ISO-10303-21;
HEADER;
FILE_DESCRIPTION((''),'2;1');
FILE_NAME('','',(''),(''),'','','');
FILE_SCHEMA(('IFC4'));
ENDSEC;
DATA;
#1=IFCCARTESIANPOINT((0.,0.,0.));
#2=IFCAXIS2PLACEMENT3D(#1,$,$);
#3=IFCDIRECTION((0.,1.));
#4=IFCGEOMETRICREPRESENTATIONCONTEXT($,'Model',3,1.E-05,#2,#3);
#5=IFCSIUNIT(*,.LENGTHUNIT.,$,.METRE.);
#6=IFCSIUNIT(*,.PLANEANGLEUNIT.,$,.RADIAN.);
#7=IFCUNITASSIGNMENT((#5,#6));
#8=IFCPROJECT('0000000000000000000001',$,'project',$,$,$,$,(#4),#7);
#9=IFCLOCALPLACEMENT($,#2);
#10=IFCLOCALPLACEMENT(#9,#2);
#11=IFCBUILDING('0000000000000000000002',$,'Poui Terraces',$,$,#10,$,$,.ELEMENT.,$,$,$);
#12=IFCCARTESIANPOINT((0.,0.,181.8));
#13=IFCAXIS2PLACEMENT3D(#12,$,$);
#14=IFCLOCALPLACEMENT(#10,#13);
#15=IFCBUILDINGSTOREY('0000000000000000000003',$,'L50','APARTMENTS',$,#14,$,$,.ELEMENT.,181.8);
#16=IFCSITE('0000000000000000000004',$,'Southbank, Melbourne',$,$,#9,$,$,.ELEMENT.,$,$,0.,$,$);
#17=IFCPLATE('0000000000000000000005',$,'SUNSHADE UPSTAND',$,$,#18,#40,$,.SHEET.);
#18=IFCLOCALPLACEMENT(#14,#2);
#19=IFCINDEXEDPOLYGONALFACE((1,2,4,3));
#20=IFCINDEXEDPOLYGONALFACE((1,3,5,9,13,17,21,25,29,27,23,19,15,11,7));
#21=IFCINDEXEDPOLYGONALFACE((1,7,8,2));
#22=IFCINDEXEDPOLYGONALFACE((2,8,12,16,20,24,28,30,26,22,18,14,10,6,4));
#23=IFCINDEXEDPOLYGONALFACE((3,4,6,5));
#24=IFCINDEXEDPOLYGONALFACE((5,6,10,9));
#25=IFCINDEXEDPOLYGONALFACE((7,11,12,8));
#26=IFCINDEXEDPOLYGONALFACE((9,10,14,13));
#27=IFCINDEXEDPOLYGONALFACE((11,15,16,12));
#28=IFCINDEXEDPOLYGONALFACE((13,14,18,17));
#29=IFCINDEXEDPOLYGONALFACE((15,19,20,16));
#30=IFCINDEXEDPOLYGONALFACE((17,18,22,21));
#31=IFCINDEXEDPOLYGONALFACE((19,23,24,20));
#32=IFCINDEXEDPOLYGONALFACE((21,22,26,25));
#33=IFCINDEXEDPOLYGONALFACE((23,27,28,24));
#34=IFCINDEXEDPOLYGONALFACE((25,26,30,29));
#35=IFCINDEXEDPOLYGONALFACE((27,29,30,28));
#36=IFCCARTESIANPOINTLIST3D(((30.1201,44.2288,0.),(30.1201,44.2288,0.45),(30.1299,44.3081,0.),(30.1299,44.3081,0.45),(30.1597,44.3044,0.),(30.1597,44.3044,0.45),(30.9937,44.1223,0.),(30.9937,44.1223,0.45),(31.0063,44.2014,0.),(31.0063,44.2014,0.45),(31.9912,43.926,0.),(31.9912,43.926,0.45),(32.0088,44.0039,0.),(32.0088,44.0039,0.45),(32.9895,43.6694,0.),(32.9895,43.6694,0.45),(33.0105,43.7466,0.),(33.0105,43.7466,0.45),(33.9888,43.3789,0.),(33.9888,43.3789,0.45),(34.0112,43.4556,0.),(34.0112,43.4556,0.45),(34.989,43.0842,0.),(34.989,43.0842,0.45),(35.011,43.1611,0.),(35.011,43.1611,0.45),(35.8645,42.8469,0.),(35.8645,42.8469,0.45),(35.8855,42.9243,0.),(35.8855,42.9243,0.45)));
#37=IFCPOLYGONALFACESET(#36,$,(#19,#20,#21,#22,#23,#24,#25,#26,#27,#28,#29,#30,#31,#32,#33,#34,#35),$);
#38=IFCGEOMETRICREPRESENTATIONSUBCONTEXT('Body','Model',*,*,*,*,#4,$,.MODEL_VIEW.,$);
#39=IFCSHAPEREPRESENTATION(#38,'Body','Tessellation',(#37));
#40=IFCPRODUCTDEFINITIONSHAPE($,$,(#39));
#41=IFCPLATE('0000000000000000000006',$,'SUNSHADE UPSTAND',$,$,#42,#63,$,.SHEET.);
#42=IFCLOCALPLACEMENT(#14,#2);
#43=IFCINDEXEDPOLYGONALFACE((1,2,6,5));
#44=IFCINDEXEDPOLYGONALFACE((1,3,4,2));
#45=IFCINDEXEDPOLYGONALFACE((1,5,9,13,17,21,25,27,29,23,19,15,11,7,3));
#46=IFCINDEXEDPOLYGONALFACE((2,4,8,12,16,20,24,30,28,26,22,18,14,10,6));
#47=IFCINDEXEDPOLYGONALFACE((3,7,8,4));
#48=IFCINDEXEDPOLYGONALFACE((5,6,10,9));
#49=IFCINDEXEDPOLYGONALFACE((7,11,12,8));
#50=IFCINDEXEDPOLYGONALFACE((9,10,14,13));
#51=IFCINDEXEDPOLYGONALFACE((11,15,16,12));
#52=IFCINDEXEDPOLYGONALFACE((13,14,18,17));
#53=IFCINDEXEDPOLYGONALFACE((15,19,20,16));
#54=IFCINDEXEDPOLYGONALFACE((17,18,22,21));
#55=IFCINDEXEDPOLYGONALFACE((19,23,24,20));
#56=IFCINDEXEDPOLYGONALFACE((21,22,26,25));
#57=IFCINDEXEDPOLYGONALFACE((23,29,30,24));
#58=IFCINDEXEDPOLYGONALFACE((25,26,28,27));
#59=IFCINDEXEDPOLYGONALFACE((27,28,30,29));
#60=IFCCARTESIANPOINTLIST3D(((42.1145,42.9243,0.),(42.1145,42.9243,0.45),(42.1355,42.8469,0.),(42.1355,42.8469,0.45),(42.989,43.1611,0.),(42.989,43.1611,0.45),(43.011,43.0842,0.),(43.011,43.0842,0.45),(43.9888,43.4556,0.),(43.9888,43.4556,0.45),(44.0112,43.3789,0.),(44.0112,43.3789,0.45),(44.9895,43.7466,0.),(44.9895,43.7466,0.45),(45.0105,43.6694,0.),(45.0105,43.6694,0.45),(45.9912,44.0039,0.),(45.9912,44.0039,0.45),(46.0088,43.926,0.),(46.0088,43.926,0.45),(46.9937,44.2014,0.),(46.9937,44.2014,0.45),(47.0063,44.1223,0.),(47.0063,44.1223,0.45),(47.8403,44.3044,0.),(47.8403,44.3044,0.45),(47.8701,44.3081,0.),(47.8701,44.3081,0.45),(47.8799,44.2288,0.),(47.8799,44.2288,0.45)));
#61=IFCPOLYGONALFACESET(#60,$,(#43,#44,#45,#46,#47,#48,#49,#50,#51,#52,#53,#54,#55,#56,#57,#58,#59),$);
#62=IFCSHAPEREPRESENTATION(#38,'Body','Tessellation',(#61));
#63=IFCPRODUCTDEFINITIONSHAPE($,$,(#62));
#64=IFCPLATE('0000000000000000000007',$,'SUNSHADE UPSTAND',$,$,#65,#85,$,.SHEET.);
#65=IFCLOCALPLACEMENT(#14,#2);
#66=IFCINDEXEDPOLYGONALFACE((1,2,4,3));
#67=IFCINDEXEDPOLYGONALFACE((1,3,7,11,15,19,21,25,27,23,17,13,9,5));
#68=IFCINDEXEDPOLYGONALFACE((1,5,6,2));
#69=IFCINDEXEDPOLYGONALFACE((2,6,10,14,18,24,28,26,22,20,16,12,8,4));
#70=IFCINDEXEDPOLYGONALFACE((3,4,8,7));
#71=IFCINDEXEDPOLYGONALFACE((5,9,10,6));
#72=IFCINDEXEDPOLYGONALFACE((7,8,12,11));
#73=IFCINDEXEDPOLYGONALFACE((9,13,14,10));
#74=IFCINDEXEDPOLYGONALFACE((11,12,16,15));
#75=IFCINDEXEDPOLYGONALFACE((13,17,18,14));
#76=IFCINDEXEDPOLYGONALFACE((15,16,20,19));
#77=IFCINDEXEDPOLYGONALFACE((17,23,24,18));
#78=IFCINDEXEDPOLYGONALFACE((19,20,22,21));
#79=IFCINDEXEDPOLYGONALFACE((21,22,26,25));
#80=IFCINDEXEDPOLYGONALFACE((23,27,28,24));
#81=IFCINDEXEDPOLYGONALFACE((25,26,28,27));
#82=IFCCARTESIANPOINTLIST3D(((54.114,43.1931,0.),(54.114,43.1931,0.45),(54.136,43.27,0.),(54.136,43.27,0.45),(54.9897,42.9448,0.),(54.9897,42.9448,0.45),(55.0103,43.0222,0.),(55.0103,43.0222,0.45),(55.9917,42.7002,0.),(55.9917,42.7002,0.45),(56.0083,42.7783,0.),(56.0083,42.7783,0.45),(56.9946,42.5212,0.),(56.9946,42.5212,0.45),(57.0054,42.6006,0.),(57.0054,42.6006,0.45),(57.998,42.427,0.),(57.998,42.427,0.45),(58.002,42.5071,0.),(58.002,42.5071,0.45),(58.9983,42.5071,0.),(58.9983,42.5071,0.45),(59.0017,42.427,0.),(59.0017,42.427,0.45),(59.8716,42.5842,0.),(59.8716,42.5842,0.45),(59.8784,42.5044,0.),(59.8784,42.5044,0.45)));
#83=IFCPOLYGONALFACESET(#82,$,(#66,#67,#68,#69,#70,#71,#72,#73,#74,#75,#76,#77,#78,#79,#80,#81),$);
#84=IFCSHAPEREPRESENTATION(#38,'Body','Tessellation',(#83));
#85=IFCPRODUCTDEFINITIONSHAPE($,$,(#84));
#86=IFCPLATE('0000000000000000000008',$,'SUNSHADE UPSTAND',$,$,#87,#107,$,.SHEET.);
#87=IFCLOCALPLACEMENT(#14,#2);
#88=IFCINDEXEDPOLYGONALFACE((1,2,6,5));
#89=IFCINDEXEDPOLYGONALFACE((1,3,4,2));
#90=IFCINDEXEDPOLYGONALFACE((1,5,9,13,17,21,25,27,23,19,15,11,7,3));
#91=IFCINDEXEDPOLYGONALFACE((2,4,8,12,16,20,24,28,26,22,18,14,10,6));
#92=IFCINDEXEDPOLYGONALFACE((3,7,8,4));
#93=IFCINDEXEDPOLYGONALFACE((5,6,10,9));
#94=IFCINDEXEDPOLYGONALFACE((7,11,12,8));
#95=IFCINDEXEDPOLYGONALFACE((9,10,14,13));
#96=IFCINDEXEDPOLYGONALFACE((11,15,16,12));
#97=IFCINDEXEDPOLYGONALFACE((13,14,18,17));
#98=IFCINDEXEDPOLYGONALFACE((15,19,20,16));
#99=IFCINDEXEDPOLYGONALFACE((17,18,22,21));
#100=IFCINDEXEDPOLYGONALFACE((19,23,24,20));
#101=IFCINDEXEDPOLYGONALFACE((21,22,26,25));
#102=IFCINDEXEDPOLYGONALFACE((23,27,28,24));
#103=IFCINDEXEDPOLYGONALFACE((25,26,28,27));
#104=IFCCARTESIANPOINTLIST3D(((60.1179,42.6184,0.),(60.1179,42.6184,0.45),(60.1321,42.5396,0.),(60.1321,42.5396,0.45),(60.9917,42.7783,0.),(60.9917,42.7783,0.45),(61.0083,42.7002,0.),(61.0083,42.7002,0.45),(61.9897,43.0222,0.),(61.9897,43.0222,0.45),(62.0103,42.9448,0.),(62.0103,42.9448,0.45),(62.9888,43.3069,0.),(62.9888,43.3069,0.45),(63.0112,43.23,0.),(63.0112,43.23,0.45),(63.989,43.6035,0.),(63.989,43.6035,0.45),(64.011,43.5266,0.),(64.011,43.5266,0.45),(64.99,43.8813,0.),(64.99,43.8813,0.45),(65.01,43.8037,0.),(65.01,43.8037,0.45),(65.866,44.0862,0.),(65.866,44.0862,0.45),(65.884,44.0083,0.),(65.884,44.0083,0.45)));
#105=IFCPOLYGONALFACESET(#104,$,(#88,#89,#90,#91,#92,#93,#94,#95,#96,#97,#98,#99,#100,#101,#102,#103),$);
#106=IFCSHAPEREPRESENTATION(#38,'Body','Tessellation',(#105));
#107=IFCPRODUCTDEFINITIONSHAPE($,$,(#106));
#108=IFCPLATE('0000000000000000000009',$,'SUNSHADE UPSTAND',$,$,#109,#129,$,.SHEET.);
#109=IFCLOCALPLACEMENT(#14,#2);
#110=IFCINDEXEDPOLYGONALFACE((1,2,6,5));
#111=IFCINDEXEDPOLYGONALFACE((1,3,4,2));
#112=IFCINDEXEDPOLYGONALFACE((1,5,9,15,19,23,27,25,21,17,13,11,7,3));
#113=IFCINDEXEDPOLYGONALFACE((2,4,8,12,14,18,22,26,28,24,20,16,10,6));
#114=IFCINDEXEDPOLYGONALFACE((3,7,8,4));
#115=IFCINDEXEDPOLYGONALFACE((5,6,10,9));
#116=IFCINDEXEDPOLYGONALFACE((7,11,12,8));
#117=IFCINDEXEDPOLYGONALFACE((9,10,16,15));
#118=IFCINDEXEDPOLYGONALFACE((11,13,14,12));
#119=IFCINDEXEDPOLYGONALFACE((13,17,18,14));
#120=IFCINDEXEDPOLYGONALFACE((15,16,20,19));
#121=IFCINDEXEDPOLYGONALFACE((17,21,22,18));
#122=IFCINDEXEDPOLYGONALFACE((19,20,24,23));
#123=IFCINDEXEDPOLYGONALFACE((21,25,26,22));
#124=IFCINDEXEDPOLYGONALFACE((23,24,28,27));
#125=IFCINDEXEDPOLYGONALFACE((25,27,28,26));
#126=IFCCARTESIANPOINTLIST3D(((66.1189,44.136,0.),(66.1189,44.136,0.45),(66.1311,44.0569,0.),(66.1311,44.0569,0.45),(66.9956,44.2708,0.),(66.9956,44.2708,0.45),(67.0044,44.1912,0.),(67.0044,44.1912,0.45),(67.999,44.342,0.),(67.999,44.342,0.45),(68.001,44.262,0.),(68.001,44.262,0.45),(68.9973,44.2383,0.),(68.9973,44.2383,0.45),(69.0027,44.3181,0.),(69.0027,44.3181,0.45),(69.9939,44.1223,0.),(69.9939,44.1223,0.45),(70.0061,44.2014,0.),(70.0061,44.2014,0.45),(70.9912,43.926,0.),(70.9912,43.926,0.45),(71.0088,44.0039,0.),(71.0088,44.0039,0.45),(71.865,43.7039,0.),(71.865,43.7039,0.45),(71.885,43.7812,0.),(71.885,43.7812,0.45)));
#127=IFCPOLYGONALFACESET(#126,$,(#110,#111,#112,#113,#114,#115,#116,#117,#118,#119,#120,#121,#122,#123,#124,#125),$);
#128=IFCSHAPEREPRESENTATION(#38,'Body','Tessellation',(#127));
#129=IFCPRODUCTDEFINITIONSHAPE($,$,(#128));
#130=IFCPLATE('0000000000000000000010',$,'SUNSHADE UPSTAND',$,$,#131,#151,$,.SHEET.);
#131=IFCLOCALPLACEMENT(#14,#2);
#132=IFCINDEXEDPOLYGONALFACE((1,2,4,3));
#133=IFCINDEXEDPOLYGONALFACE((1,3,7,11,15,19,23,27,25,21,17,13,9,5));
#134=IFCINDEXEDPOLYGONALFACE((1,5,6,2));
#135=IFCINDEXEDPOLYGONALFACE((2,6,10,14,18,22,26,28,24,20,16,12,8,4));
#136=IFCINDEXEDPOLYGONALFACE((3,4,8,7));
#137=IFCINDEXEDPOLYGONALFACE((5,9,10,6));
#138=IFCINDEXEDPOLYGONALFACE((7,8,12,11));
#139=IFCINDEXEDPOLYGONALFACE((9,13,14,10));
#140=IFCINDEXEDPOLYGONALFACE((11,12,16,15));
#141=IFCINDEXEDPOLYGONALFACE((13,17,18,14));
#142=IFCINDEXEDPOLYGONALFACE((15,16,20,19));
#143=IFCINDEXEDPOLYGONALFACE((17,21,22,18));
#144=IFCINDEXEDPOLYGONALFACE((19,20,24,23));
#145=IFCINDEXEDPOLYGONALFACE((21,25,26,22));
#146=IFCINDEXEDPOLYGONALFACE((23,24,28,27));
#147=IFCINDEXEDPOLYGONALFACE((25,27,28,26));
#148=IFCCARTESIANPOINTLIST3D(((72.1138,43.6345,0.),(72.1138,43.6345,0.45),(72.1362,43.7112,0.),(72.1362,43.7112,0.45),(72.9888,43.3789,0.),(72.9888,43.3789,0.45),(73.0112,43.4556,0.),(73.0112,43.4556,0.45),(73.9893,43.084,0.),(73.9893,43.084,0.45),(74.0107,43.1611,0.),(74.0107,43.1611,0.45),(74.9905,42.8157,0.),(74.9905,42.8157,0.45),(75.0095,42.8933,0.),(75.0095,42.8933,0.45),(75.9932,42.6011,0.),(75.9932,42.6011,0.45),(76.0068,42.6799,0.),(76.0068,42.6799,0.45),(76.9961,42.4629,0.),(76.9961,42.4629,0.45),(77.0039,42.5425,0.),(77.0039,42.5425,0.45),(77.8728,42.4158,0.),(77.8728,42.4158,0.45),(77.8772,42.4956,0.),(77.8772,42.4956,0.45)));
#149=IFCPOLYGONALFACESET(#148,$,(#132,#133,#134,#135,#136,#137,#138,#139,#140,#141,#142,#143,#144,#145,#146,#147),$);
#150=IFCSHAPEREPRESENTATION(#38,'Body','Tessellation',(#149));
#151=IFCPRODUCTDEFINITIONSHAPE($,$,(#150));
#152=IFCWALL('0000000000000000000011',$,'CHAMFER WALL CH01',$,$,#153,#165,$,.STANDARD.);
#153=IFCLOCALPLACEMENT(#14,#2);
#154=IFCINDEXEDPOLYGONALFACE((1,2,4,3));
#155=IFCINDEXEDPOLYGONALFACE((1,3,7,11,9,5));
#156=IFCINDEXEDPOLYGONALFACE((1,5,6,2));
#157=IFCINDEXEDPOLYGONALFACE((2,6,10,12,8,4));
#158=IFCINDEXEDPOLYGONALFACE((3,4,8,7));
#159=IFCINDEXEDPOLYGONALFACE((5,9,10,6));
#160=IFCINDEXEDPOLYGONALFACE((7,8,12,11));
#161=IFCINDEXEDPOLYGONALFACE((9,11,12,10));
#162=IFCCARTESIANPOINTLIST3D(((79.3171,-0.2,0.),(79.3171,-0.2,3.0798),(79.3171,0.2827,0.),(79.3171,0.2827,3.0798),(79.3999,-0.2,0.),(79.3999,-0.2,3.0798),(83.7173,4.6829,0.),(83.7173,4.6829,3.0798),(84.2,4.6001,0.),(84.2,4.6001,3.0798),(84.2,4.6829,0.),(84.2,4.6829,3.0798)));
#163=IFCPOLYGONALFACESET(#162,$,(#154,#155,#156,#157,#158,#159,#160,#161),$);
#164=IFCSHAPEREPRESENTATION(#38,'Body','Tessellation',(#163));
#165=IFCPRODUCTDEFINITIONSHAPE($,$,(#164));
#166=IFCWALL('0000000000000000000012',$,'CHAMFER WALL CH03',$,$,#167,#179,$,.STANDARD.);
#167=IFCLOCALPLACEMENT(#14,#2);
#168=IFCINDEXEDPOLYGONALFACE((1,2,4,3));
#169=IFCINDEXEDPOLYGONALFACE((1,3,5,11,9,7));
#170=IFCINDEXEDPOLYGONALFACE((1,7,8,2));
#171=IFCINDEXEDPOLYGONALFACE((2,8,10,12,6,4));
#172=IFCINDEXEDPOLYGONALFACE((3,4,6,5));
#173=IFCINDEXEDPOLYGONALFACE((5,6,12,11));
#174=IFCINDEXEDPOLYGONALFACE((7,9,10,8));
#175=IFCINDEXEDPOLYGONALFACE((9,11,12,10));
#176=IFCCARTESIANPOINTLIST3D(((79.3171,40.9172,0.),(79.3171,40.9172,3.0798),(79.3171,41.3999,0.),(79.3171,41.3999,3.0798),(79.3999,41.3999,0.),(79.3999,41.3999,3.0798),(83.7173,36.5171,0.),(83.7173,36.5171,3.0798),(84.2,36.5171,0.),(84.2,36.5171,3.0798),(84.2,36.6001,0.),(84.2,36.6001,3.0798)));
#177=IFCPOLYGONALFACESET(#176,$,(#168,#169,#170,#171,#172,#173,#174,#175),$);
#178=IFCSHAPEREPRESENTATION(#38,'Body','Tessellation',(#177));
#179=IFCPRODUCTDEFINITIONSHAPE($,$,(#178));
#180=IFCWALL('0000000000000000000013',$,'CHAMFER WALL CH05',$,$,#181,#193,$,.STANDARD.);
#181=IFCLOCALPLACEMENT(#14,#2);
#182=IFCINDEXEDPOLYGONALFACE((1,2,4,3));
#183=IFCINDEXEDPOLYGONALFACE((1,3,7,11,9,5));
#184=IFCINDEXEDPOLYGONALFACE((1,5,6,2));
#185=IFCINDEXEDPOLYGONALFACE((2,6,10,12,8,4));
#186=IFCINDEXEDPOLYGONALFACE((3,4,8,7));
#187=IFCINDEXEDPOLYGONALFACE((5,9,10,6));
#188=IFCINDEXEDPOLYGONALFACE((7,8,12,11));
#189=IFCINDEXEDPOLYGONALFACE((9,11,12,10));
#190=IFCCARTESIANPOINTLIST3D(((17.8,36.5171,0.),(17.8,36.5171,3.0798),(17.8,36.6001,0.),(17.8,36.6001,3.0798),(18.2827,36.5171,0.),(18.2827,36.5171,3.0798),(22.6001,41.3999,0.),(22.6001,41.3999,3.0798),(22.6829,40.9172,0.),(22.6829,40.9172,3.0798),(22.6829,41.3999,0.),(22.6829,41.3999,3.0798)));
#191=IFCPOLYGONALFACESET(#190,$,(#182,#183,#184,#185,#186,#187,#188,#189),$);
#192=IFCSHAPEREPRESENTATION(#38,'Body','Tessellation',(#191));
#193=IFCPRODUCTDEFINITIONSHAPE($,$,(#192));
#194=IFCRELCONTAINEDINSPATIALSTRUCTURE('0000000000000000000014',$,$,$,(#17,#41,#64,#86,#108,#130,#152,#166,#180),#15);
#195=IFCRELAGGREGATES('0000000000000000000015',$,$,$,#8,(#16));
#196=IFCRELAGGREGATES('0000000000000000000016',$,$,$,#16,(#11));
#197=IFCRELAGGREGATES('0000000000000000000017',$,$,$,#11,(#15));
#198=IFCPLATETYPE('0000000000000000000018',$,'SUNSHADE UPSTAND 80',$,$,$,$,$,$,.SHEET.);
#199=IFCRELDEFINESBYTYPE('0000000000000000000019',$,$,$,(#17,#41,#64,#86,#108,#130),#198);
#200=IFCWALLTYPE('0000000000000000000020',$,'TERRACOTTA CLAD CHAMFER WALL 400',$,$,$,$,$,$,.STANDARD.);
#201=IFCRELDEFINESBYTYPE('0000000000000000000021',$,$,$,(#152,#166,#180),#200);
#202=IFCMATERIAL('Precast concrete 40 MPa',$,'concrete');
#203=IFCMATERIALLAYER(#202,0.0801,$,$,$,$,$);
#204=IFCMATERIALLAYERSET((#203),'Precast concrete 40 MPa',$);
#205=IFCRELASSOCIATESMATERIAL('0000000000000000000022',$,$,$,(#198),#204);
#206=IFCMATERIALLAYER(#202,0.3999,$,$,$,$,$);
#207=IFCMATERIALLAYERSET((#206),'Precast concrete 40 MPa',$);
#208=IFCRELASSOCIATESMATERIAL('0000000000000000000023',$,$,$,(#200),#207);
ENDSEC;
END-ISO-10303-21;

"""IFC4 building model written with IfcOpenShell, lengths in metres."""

from ifc_helpers import new_model, si_unit, direction, frame, origin, place, context, subcontext, project, spatial, polyline, outline, extrude, material, layer, layer_set, type_object, element, save


model = new_model("IFC4")

# Units and contexts
model_context = context("Model", 3, precision=1e-05, world=origin(), true_north=direction((0.0, 1.0)))
body_context = subcontext(model_context, "Body", "Model", "MODEL_VIEW")
ifc_project = project(units=[si_unit("LENGTHUNIT", "METRE"), si_unit("PLANEANGLEUNIT", "RADIAN")], contexts=[model_context])

# Site, building, storey
site_placement = place(None, origin())
site = spatial("IfcSite", under=ifc_project, at=site_placement, Name="Southbank, Melbourne", CompositionType="ELEMENT", RefElevation=0.0)
building_placement = place(site_placement, origin())
building = spatial("IfcBuilding", under=site, at=building_placement, Name="Poui Terraces", CompositionType="ELEMENT")
storey_placement = place(building_placement, frame((0.0, 0.0, 181.8)))
storey = spatial("IfcBuildingStorey", under=building, at=storey_placement, Name="L50", Description="APARTMENTS", CompositionType="ELEMENT", Elevation=181.8)

# Shared definitions
ifc_material_1 = material(Name="Precast concrete 40 MPa", Category="concrete")

# Plates
ifc_layer_1 = layer(ifc_material_1, 0.0801)
ifc_layer_set_1 = layer_set([ifc_layer_1], Name="Precast concrete 40 MPa")
plate_type = type_object("IfcPlateType", Name="SUNSHADE UPSTAND 80", PredefinedType="SHEET", material=ifc_layer_set_1)
plate_1_placement = place(storey_placement, origin())
element("IfcPlate", 1, at=plate_1_placement, inside=storey, type_object=plate_type, Name="SUNSHADE UPSTAND", PredefinedType="SHEET", context=body_context, shape_type="SweptSolid", body=[
    extrude(outline(polyline([(31.0063, 44.2014), (30.1597, 44.3044), (30.1299, 44.3081), (30.1201, 44.2288), (30.9937, 44.1223), (31.9912, 43.926), (32.9895, 43.6694), (33.9888, 43.3789), (34.989, 43.0842), (35.8645, 42.8469), (35.8855, 42.9243), (35.011, 43.1611), (34.0112, 43.4556), (33.0105, 43.7466), (32.0088, 44.0039), (31.0063, 44.2014)])), origin(), (0.0, 0.0, 1.0), 0.45),
])
plate_2_placement = place(storey_placement, origin())
element("IfcPlate", 2, at=plate_2_placement, inside=storey, type_object=plate_type, Name="SUNSHADE UPSTAND", PredefinedType="SHEET", context=body_context, shape_type="SweptSolid", body=[
    extrude(outline(polyline([(42.989, 43.1611), (42.1145, 42.9243), (42.1355, 42.8469), (43.011, 43.0842), (44.0112, 43.3789), (45.0105, 43.6694), (46.0088, 43.926), (47.0063, 44.1223), (47.8799, 44.2288), (47.8701, 44.3081), (47.8403, 44.3044), (46.9937, 44.2014), (45.9912, 44.0039), (44.9895, 43.7466), (43.9888, 43.4556), (42.989, 43.1611)])), origin(), (0.0, 0.0, 1.0), 0.45),
])
plate_3_placement = place(storey_placement, origin())
element("IfcPlate", 3, at=plate_3_placement, inside=storey, type_object=plate_type, Name="SUNSHADE UPSTAND", PredefinedType="SHEET", context=body_context, shape_type="SweptSolid", body=[
    extrude(outline(polyline([(55.0103, 43.0222), (54.136, 43.27), (54.114, 43.1931), (54.9897, 42.9448), (55.9917, 42.7002), (56.9946, 42.5212), (57.998, 42.427), (59.0017, 42.427), (59.8784, 42.5044), (59.8716, 42.5842), (58.9983, 42.5071), (58.002, 42.5071), (57.0054, 42.6006), (56.0083, 42.7783), (55.0103, 43.0222)])), origin(), (0.0, 0.0, 1.0), 0.45),
])
plate_4_placement = place(storey_placement, origin())
element("IfcPlate", 4, at=plate_4_placement, inside=storey, type_object=plate_type, Name="SUNSHADE UPSTAND", PredefinedType="SHEET", context=body_context, shape_type="SweptSolid", body=[
    extrude(outline(polyline([(60.9917, 42.7783), (60.1179, 42.6184), (60.1321, 42.5396), (61.0083, 42.7002), (62.0103, 42.9448), (63.0112, 43.23), (64.011, 43.5266), (65.01, 43.8037), (65.884, 44.0083), (65.866, 44.0862), (64.99, 43.8813), (63.989, 43.6035), (62.9888, 43.3069), (61.9897, 43.0222), (60.9917, 42.7783)])), origin(), (0.0, 0.0, 1.0), 0.45),
])
plate_5_placement = place(storey_placement, origin())
element("IfcPlate", 5, at=plate_5_placement, inside=storey, type_object=plate_type, Name="SUNSHADE UPSTAND", PredefinedType="SHEET", context=body_context, shape_type="SweptSolid", body=[
    extrude(outline(polyline([(66.9956, 44.2708), (66.1189, 44.136), (66.1311, 44.0569), (67.0044, 44.1912), (68.001, 44.262), (68.9973, 44.2383), (69.9939, 44.1223), (70.9912, 43.926), (71.865, 43.7039), (71.885, 43.7812), (71.0088, 44.0039), (70.0061, 44.2014), (69.0027, 44.3181), (67.999, 44.342), (66.9956, 44.2708)])), origin(), (0.0, 0.0, 1.0), 0.45),
])
plate_6_placement = place(storey_placement, origin())
element("IfcPlate", 6, at=plate_6_placement, inside=storey, type_object=plate_type, Name="SUNSHADE UPSTAND", PredefinedType="SHEET", context=body_context, shape_type="SweptSolid", body=[
    extrude(outline(polyline([(73.0112, 43.4556), (72.1362, 43.7112), (72.1138, 43.6345), (72.9888, 43.3789), (73.9893, 43.084), (74.9905, 42.8157), (75.9932, 42.6011), (76.9961, 42.4629), (77.8728, 42.4158), (77.8772, 42.4956), (77.0039, 42.5425), (76.0068, 42.6799), (75.0095, 42.8933), (74.0107, 43.1611), (73.0112, 43.4556)])), origin(), (0.0, 0.0, 1.0), 0.45),
])

# Walls
ifc_layer_2 = layer(ifc_material_1, 0.3999)
ifc_layer_set_2 = layer_set([ifc_layer_2], Name="Precast concrete 40 MPa")
wall_type = type_object("IfcWallType", Name="TERRACOTTA CLAD CHAMFER WALL 400", PredefinedType="STANDARD", material=ifc_layer_set_2)
wall_1_placement = place(storey_placement, origin())
element("IfcWall", 7, at=wall_1_placement, inside=storey, type_object=wall_type, Name="CHAMFER WALL CH01", PredefinedType="STANDARD", context=body_context, shape_type="SweptSolid", body=[
    extrude(outline(polyline([(79.3171, -0.2), (79.3999, -0.2), (84.2, 4.6001), (84.2, 4.6829), (83.7173, 4.6829), (79.3171, 0.2827), (79.3171, -0.2)])), origin(), (0.0, 0.0, 1.0), 3.0798),
])
wall_2_placement = place(storey_placement, origin())
element("IfcWall", 8, at=wall_2_placement, inside=storey, type_object=wall_type, Name="CHAMFER WALL CH03", PredefinedType="STANDARD", context=body_context, shape_type="SweptSolid", body=[
    extrude(outline(polyline([(84.2, 36.5171), (84.2, 36.6001), (79.3999, 41.3999), (79.3171, 41.3999), (79.3171, 40.9172), (83.7173, 36.5171), (84.2, 36.5171)])), origin(), (0.0, 0.0, 1.0), 3.0798),
])
wall_3_placement = place(storey_placement, origin())
element("IfcWall", 9, at=wall_3_placement, inside=storey, type_object=wall_type, Name="CHAMFER WALL CH05", PredefinedType="STANDARD", context=body_context, shape_type="SweptSolid", body=[
    extrude(outline(polyline([(22.6829, 41.3999), (22.6001, 41.3999), (17.8, 36.6001), (17.8, 36.5171), (18.2827, 36.5171), (22.6829, 40.9172), (22.6829, 41.3999)])), origin(), (0.0, 0.0, 1.0), 3.0798),
])

save(model, "model.ifc")
